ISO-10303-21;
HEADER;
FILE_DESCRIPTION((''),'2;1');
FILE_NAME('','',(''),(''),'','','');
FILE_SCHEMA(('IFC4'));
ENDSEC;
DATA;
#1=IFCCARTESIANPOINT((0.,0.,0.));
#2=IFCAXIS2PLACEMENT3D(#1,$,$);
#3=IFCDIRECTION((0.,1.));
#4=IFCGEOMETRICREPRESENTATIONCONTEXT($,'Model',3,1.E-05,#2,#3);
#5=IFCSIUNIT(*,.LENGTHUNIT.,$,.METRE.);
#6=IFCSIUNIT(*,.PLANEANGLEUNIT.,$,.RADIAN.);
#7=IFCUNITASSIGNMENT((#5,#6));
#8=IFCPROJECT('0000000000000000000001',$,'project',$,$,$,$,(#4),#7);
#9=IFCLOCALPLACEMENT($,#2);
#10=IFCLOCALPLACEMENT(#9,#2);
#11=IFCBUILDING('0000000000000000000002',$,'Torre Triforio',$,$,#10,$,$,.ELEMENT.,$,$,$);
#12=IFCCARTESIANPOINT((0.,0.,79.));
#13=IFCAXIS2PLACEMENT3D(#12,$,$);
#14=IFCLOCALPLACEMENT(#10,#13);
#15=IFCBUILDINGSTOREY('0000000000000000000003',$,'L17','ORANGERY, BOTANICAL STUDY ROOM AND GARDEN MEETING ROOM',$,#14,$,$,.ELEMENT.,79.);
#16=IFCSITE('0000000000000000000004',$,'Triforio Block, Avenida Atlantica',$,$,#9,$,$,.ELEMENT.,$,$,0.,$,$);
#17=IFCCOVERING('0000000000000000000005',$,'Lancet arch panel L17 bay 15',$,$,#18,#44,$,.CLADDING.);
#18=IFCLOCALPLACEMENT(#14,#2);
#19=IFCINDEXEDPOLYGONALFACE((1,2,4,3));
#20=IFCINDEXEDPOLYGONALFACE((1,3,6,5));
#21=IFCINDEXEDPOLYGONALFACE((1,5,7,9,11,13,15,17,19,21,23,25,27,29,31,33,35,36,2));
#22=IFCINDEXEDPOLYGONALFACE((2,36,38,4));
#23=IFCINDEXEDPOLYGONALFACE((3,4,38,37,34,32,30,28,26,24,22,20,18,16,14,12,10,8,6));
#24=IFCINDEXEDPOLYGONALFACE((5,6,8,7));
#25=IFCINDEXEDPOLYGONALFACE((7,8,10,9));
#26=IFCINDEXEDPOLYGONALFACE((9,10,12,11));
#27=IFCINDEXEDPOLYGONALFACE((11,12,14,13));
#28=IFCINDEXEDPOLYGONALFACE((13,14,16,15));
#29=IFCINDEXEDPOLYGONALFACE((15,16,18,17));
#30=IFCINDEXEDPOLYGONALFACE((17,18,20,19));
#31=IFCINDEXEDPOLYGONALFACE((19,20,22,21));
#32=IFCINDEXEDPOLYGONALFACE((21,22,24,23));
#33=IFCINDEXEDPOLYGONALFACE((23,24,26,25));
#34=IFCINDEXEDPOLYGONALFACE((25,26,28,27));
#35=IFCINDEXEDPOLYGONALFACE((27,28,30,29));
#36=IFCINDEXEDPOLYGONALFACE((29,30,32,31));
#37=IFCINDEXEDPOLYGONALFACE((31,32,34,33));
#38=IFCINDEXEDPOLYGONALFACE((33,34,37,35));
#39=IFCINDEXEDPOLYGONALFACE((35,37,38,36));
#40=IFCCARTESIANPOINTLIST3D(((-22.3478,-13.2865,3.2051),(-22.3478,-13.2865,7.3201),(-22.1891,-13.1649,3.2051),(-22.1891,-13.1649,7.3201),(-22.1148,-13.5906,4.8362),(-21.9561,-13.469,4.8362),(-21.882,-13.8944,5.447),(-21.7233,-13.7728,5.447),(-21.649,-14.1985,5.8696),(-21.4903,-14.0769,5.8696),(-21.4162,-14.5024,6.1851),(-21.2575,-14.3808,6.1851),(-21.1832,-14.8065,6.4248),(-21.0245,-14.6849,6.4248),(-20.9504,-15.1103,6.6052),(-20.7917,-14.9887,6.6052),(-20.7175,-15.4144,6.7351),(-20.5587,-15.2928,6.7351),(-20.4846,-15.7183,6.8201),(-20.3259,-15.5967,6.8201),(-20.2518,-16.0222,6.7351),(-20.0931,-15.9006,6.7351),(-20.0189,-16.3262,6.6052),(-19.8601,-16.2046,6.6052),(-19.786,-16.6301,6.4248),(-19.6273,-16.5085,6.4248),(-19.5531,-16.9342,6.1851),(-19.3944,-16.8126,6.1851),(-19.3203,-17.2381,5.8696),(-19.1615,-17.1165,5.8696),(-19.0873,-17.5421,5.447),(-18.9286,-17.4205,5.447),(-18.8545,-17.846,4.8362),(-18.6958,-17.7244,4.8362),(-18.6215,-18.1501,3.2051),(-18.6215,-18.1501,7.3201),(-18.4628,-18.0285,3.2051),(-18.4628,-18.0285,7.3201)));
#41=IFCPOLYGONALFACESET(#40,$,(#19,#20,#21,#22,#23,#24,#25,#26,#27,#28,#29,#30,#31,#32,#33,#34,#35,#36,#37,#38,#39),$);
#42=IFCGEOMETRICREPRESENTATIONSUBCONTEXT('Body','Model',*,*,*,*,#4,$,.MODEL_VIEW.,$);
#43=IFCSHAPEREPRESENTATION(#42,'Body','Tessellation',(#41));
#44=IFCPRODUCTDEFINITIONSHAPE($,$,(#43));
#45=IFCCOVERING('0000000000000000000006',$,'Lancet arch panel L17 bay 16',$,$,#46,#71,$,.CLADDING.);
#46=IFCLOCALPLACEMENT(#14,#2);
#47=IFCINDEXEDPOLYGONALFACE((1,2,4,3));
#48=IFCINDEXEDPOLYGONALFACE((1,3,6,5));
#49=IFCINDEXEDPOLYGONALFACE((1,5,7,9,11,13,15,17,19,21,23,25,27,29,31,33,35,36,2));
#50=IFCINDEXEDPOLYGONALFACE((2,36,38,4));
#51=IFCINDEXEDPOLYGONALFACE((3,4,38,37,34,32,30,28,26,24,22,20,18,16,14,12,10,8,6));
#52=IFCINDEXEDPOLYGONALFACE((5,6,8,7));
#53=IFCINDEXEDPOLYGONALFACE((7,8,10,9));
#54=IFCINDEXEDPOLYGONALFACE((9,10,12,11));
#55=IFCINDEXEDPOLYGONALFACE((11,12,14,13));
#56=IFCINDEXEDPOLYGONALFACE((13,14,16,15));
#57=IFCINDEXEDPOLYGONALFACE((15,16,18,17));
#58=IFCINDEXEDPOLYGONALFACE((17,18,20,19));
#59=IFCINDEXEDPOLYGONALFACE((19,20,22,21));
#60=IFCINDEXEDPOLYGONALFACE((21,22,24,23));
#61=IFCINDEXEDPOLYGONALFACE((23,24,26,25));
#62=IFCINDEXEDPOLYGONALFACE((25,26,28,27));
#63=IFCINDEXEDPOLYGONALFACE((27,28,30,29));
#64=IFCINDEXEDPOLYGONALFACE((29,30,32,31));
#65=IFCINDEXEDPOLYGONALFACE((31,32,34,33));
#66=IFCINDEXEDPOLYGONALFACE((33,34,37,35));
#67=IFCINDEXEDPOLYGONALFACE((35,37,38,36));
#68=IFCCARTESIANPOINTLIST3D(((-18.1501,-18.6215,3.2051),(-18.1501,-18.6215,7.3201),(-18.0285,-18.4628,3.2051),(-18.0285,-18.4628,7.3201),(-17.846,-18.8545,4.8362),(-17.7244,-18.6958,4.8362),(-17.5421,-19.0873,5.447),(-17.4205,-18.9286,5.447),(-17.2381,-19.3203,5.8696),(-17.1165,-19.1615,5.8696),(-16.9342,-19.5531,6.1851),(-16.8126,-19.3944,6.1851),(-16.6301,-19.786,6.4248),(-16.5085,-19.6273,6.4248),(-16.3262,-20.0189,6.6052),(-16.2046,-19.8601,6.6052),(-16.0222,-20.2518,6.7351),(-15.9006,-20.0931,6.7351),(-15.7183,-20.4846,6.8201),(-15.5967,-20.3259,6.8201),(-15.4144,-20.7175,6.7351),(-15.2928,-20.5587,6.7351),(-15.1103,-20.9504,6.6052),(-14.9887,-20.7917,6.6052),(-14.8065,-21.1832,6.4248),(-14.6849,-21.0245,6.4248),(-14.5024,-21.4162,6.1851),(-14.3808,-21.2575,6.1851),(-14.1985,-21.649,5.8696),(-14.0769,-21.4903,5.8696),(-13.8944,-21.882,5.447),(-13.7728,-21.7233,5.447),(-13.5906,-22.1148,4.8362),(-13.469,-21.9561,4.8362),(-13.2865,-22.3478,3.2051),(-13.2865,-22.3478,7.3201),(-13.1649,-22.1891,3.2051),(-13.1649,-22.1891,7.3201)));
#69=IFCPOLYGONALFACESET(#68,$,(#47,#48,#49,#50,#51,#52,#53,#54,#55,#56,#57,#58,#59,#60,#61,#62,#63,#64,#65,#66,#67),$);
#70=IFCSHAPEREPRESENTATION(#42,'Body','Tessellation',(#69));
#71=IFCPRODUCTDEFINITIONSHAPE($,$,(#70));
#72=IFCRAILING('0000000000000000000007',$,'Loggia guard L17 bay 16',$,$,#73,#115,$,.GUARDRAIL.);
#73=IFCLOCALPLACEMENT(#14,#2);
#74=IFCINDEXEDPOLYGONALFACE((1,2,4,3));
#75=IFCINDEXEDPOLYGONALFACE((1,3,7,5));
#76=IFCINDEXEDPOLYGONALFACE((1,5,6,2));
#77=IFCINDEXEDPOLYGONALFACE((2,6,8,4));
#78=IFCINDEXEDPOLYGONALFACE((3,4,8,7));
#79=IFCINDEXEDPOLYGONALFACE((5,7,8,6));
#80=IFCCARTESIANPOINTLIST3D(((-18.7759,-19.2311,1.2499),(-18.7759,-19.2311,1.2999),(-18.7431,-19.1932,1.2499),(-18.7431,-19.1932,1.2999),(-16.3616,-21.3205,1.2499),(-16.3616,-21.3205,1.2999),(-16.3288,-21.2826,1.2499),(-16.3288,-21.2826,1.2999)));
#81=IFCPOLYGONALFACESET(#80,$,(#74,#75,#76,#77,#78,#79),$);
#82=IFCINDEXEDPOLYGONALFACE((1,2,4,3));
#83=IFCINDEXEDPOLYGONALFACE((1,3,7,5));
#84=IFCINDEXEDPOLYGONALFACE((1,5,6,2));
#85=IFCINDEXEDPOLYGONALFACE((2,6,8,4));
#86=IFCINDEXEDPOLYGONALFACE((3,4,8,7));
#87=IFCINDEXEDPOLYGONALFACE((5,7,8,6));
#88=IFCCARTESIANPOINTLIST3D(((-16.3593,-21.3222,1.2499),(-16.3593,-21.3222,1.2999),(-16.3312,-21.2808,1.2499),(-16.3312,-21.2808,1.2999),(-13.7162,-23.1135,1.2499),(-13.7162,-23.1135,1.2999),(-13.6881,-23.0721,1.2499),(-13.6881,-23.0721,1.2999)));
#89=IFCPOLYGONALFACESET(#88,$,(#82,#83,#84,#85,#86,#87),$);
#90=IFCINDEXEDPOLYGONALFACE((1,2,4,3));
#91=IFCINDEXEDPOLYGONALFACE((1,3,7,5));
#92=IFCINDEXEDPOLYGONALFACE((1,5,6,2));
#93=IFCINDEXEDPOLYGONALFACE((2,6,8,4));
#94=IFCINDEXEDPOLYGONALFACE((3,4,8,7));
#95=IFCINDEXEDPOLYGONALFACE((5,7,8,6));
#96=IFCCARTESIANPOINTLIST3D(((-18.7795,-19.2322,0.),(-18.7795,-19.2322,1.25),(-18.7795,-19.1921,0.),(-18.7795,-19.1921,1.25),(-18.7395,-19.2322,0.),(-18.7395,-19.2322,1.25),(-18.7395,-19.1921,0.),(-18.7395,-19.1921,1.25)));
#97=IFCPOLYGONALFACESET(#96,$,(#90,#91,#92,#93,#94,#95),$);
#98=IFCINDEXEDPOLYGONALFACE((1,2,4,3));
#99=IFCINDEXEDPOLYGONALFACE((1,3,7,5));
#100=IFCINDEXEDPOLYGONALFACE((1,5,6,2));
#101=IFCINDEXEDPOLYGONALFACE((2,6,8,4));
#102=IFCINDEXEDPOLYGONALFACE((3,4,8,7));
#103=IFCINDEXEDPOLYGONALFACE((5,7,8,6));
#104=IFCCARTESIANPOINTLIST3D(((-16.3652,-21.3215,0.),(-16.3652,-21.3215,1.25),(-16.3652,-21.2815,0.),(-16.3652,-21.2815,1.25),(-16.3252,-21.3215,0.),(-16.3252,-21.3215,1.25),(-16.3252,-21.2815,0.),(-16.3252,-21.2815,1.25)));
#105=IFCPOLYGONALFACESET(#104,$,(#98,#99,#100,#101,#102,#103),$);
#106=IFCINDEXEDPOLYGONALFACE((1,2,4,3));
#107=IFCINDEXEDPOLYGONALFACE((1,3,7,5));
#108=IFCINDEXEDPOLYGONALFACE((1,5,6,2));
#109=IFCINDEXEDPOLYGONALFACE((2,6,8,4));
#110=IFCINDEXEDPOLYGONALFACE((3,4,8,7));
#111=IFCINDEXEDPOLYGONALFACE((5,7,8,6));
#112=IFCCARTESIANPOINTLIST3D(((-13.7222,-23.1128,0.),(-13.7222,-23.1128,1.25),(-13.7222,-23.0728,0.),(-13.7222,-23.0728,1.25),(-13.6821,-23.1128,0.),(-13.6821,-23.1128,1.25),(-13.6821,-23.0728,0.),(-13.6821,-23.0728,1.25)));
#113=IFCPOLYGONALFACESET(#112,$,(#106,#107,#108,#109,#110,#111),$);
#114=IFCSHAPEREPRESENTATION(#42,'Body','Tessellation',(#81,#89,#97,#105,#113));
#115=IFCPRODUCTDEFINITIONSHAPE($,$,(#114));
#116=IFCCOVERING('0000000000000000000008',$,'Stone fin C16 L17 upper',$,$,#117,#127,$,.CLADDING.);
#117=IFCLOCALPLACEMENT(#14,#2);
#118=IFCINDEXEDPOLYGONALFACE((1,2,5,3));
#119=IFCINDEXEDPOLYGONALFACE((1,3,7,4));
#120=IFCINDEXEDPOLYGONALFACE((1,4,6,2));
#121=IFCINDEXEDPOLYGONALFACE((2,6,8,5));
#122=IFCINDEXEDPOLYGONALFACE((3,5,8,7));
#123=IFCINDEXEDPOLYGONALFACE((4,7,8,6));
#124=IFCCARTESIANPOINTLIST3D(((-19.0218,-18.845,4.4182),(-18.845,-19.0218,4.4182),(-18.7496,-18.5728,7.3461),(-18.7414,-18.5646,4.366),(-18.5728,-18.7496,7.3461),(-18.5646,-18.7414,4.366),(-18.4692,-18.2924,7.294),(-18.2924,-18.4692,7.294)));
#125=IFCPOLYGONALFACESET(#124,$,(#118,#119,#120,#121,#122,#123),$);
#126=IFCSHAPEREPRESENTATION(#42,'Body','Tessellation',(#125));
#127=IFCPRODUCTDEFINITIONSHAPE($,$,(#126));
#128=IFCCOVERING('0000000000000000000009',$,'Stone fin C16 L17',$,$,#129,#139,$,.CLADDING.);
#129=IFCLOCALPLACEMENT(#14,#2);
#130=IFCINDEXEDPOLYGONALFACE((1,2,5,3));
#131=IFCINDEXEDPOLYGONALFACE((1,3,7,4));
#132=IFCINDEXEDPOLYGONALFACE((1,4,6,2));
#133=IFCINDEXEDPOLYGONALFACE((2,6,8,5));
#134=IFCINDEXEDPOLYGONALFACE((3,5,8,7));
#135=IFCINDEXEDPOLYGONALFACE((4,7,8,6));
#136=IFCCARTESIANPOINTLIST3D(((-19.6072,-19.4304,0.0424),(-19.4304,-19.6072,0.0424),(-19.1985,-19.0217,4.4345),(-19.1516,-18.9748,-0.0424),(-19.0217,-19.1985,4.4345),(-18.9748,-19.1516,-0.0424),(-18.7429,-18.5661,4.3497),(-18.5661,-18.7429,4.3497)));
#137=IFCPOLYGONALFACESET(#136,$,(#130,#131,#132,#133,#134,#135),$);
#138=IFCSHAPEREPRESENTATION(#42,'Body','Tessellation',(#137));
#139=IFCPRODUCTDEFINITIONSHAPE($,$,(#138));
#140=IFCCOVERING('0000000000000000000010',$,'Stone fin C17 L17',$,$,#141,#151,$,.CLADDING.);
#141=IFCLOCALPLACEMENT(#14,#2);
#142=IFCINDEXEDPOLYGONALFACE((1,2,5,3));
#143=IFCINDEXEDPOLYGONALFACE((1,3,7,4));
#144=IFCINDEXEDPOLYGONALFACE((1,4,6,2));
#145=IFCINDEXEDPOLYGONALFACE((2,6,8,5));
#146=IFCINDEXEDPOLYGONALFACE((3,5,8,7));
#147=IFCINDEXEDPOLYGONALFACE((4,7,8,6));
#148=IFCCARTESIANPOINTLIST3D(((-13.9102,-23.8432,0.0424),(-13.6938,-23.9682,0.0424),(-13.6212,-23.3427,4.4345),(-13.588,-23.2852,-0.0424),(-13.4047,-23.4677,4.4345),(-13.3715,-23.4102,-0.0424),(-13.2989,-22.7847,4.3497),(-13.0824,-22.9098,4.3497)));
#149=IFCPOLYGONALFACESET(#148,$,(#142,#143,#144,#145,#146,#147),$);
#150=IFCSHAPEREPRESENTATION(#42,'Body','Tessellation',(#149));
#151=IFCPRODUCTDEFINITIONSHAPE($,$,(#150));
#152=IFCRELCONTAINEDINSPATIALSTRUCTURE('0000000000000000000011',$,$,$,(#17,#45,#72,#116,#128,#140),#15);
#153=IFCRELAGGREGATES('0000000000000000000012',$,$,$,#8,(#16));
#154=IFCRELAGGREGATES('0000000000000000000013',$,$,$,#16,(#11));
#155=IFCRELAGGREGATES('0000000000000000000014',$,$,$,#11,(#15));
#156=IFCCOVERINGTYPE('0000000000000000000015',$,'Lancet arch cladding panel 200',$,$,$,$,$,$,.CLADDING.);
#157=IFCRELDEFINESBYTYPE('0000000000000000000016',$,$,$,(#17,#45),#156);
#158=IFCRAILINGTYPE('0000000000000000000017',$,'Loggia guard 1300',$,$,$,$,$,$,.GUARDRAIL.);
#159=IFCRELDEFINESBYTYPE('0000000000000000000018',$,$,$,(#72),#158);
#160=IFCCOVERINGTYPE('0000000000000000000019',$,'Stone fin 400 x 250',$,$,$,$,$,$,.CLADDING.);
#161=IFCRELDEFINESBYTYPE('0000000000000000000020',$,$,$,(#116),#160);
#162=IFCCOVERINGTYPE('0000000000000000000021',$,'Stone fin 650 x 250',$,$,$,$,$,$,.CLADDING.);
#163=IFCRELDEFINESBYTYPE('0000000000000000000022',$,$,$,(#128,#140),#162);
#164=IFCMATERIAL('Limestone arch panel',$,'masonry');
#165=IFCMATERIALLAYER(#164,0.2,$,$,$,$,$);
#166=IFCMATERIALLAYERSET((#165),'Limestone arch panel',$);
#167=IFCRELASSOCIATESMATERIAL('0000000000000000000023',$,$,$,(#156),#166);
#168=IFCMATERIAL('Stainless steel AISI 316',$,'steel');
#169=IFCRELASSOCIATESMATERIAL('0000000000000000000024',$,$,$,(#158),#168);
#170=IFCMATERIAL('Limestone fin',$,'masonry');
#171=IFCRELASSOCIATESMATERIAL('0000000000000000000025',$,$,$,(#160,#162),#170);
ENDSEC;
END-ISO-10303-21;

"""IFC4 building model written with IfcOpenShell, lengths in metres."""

from ifc_helpers import new_model, si_unit, direction, frame, origin, origin_2d, place, context, subcontext, project, spatial, polyline, rectangle, outline, extrude, material, layer, layer_set, material_profile, profile_set, type_object, element, save


model = new_model("IFC4")

# Units and contexts
model_context = context("Model", 3, precision=1e-05, world=origin(), true_north=direction((0.0, 1.0)))
body_context = subcontext(model_context, "Body", "Model", "MODEL_VIEW")
ifc_project = project(units=[si_unit("LENGTHUNIT", "METRE"), si_unit("PLANEANGLEUNIT", "RADIAN")], contexts=[model_context])

# Site, building, storey
site_placement = place(None, origin())
site = spatial("IfcSite", under=ifc_project, at=site_placement, Name="Triforio Block, Avenida Atlantica", CompositionType="ELEMENT", RefElevation=0.0)
building_placement = place(site_placement, origin())
building = spatial("IfcBuilding", under=site, at=building_placement, Name="Torre Triforio", CompositionType="ELEMENT")
storey_placement = place(building_placement, frame((0.0, 0.0, 79.0)))
storey = spatial("IfcBuildingStorey", under=building, at=storey_placement, Name="L17", Description="ORANGERY, BOTANICAL STUDY ROOM AND GARDEN MEETING ROOM", CompositionType="ELEMENT", Elevation=79.0)

# Coverings
ifc_material_1 = material(Name="Limestone arch panel", Category="masonry")
ifc_layer_1 = layer(ifc_material_1, 0.2)
ifc_layer_set_1 = layer_set([ifc_layer_1], Name="Limestone arch panel")
covering_type_1 = type_object("IfcCoveringType", Name="Lancet arch cladding panel 200", PredefinedType="CLADDING", material=ifc_layer_set_1)
for number, where, z_axis, x_axis, name in (
    (1, (-20.3259, -15.5967, 0.0), (-0.793803, -0.608175, 0.0), (0.608175, -0.793803, 0.0), "Lancet arch panel L17 bay 15"),
    (2, (-15.5967, -20.3259, 0.0), (-0.608175, -0.793803, 0.0), (0.793803, -0.608175, 0.0), "Lancet arch panel L17 bay 16"),
):
    element("IfcCovering", number, at=place(storey_placement, frame(where, z_axis=z_axis, x_axis=x_axis)), inside=storey, type_object=covering_type_1, Name=name, PredefinedType="CLADDING", context=body_context, shape_type="SweptSolid", body=[
        extrude(outline(polyline([(-3.0635, 7.3201), (-3.0635, 3.2051), (-2.6804, 4.8362), (-2.2976, 5.447), (-1.9146, 5.8696), (-1.5317, 6.1851), (-1.1487, 6.4248), (-0.7659, 6.6052), (-0.3828, 6.7351), (0.0, 6.8201), (0.3828, 6.7351), (0.7659, 6.6052), (1.1487, 6.4248), (1.5317, 6.1851), (1.9146, 5.8696), (2.2976, 5.447), (2.6804, 4.8362), (3.0635, 3.2051), (3.0635, 7.3201), (-3.0635, 7.3201)])), origin(), (0.0, 0.0, 1.0), 0.2),
    ])

# Railing
ifc_material_2 = material(Name="Stainless steel AISI 316", Category="steel")
railing_type = type_object("IfcRailingType", Name="Loggia guard 1300", PredefinedType="GUARDRAIL", material=ifc_material_2)
railing_placement = place(storey_placement, frame((-18.7595, -19.2122, 0.0)))
element("IfcRailing", 3, at=railing_placement, inside=storey, type_object=railing_type, Name="Loggia guard L17 bay 16", PredefinedType="GUARDRAIL", context=body_context, shape_type="SweptSolid", body=[
    extrude(rectangle(XDim=0.05, YDim=0.05, at=origin_2d()), frame((0.0, 0.0, 1.2749), z_axis=(0.756161, -0.654386, 0.0), x_axis=(0.654386, 0.756161, 0.0)), (0.0, 0.0, 1.0), 3.1929),
    extrude(rectangle(XDim=0.05, YDim=0.05, at=origin_2d()), frame((2.4143, -2.0894, 1.2749), z_axis=(0.827803, -0.561019, 0.0), x_axis=(0.561019, 0.827803, 0.0)), (0.0, 0.0, 1.0), 3.1929),
    extrude(rectangle(XDim=0.04, YDim=0.04, at=origin_2d()), origin(), (0.0, 0.0, 1.0), 1.25),
    extrude(rectangle(XDim=0.04, YDim=0.04, at=origin_2d()), frame((2.4143, -2.0894, 0.0)), (0.0, 0.0, 1.0), 1.25),
    extrude(rectangle(XDim=0.04, YDim=0.04, at=origin_2d()), frame((5.0574, -3.8806, 0.0)), (0.0, 0.0, 1.0), 1.25),
])

# Coverings
ifc_material_3 = material(Name="Limestone fin", Category="masonry")
ifc_material_profile_1 = material_profile(ifc_material_3, rectangle(XDim=0.3999, YDim=0.25, at=origin_2d()), Name="FIN 400x250")
ifc_profile_set_1 = profile_set([ifc_material_profile_1], Name="Limestone fin")
covering_type_2 = type_object("IfcCoveringType", Name="Stone fin 400 x 250", PredefinedType="CLADDING", material=ifc_profile_set_1)
covering_placement = place(storey_placement, frame((-18.7932, -18.7932, 4.3921), z_axis=(0.092178, 0.092178, 0.991467), x_axis=(-0.701073, -0.701073, 0.130359)))
element("IfcCovering", 4, at=covering_placement, inside=storey, type_object=covering_type_2, Name="Stone fin C16 L17 upper", PredefinedType="CLADDING", context=body_context, shape_type="SweptSolid", body=[
    extrude(rectangle(XDim=0.3999, YDim=0.25, at=origin_2d()), origin(), (0.0, 0.0, 1.0), 2.9531),
])
ifc_material_profile_2 = material_profile(ifc_material_3, rectangle(XDim=0.6499, YDim=0.25, at=origin_2d()), Name="FIN 650x250")
ifc_profile_set_2 = profile_set([ifc_material_profile_2], Name="Limestone fin")
covering_type_3 = type_object("IfcCoveringType", Name="Stone fin 650 x 250", PredefinedType="CLADDING", material=ifc_profile_set_2)
for number, where, z_axis, x_axis, name in (
    (5, (-19.291, -19.291, 0.0), (0.092256, 0.092256, 0.991452), (-0.701063, -0.701063, 0.13047), "Stone fin C16 L17"),
    (6, (-13.6409, -23.6267, 0.0), (0.065252, 0.112978, 0.991453), (-0.495862, -0.858545, 0.130468), "Stone fin C17 L17"),
):
    element("IfcCovering", number, at=place(storey_placement, frame(where, z_axis=z_axis, x_axis=x_axis)), inside=storey, type_object=covering_type_3, Name=name, PredefinedType="CLADDING", context=body_context, shape_type="SweptSolid", body=[
        extrude(rectangle(XDim=0.6499, YDim=0.25, at=origin_2d()), origin(), (0.0, 0.0, 1.0), 4.4299),
    ])

save(model, "model.ifc")
